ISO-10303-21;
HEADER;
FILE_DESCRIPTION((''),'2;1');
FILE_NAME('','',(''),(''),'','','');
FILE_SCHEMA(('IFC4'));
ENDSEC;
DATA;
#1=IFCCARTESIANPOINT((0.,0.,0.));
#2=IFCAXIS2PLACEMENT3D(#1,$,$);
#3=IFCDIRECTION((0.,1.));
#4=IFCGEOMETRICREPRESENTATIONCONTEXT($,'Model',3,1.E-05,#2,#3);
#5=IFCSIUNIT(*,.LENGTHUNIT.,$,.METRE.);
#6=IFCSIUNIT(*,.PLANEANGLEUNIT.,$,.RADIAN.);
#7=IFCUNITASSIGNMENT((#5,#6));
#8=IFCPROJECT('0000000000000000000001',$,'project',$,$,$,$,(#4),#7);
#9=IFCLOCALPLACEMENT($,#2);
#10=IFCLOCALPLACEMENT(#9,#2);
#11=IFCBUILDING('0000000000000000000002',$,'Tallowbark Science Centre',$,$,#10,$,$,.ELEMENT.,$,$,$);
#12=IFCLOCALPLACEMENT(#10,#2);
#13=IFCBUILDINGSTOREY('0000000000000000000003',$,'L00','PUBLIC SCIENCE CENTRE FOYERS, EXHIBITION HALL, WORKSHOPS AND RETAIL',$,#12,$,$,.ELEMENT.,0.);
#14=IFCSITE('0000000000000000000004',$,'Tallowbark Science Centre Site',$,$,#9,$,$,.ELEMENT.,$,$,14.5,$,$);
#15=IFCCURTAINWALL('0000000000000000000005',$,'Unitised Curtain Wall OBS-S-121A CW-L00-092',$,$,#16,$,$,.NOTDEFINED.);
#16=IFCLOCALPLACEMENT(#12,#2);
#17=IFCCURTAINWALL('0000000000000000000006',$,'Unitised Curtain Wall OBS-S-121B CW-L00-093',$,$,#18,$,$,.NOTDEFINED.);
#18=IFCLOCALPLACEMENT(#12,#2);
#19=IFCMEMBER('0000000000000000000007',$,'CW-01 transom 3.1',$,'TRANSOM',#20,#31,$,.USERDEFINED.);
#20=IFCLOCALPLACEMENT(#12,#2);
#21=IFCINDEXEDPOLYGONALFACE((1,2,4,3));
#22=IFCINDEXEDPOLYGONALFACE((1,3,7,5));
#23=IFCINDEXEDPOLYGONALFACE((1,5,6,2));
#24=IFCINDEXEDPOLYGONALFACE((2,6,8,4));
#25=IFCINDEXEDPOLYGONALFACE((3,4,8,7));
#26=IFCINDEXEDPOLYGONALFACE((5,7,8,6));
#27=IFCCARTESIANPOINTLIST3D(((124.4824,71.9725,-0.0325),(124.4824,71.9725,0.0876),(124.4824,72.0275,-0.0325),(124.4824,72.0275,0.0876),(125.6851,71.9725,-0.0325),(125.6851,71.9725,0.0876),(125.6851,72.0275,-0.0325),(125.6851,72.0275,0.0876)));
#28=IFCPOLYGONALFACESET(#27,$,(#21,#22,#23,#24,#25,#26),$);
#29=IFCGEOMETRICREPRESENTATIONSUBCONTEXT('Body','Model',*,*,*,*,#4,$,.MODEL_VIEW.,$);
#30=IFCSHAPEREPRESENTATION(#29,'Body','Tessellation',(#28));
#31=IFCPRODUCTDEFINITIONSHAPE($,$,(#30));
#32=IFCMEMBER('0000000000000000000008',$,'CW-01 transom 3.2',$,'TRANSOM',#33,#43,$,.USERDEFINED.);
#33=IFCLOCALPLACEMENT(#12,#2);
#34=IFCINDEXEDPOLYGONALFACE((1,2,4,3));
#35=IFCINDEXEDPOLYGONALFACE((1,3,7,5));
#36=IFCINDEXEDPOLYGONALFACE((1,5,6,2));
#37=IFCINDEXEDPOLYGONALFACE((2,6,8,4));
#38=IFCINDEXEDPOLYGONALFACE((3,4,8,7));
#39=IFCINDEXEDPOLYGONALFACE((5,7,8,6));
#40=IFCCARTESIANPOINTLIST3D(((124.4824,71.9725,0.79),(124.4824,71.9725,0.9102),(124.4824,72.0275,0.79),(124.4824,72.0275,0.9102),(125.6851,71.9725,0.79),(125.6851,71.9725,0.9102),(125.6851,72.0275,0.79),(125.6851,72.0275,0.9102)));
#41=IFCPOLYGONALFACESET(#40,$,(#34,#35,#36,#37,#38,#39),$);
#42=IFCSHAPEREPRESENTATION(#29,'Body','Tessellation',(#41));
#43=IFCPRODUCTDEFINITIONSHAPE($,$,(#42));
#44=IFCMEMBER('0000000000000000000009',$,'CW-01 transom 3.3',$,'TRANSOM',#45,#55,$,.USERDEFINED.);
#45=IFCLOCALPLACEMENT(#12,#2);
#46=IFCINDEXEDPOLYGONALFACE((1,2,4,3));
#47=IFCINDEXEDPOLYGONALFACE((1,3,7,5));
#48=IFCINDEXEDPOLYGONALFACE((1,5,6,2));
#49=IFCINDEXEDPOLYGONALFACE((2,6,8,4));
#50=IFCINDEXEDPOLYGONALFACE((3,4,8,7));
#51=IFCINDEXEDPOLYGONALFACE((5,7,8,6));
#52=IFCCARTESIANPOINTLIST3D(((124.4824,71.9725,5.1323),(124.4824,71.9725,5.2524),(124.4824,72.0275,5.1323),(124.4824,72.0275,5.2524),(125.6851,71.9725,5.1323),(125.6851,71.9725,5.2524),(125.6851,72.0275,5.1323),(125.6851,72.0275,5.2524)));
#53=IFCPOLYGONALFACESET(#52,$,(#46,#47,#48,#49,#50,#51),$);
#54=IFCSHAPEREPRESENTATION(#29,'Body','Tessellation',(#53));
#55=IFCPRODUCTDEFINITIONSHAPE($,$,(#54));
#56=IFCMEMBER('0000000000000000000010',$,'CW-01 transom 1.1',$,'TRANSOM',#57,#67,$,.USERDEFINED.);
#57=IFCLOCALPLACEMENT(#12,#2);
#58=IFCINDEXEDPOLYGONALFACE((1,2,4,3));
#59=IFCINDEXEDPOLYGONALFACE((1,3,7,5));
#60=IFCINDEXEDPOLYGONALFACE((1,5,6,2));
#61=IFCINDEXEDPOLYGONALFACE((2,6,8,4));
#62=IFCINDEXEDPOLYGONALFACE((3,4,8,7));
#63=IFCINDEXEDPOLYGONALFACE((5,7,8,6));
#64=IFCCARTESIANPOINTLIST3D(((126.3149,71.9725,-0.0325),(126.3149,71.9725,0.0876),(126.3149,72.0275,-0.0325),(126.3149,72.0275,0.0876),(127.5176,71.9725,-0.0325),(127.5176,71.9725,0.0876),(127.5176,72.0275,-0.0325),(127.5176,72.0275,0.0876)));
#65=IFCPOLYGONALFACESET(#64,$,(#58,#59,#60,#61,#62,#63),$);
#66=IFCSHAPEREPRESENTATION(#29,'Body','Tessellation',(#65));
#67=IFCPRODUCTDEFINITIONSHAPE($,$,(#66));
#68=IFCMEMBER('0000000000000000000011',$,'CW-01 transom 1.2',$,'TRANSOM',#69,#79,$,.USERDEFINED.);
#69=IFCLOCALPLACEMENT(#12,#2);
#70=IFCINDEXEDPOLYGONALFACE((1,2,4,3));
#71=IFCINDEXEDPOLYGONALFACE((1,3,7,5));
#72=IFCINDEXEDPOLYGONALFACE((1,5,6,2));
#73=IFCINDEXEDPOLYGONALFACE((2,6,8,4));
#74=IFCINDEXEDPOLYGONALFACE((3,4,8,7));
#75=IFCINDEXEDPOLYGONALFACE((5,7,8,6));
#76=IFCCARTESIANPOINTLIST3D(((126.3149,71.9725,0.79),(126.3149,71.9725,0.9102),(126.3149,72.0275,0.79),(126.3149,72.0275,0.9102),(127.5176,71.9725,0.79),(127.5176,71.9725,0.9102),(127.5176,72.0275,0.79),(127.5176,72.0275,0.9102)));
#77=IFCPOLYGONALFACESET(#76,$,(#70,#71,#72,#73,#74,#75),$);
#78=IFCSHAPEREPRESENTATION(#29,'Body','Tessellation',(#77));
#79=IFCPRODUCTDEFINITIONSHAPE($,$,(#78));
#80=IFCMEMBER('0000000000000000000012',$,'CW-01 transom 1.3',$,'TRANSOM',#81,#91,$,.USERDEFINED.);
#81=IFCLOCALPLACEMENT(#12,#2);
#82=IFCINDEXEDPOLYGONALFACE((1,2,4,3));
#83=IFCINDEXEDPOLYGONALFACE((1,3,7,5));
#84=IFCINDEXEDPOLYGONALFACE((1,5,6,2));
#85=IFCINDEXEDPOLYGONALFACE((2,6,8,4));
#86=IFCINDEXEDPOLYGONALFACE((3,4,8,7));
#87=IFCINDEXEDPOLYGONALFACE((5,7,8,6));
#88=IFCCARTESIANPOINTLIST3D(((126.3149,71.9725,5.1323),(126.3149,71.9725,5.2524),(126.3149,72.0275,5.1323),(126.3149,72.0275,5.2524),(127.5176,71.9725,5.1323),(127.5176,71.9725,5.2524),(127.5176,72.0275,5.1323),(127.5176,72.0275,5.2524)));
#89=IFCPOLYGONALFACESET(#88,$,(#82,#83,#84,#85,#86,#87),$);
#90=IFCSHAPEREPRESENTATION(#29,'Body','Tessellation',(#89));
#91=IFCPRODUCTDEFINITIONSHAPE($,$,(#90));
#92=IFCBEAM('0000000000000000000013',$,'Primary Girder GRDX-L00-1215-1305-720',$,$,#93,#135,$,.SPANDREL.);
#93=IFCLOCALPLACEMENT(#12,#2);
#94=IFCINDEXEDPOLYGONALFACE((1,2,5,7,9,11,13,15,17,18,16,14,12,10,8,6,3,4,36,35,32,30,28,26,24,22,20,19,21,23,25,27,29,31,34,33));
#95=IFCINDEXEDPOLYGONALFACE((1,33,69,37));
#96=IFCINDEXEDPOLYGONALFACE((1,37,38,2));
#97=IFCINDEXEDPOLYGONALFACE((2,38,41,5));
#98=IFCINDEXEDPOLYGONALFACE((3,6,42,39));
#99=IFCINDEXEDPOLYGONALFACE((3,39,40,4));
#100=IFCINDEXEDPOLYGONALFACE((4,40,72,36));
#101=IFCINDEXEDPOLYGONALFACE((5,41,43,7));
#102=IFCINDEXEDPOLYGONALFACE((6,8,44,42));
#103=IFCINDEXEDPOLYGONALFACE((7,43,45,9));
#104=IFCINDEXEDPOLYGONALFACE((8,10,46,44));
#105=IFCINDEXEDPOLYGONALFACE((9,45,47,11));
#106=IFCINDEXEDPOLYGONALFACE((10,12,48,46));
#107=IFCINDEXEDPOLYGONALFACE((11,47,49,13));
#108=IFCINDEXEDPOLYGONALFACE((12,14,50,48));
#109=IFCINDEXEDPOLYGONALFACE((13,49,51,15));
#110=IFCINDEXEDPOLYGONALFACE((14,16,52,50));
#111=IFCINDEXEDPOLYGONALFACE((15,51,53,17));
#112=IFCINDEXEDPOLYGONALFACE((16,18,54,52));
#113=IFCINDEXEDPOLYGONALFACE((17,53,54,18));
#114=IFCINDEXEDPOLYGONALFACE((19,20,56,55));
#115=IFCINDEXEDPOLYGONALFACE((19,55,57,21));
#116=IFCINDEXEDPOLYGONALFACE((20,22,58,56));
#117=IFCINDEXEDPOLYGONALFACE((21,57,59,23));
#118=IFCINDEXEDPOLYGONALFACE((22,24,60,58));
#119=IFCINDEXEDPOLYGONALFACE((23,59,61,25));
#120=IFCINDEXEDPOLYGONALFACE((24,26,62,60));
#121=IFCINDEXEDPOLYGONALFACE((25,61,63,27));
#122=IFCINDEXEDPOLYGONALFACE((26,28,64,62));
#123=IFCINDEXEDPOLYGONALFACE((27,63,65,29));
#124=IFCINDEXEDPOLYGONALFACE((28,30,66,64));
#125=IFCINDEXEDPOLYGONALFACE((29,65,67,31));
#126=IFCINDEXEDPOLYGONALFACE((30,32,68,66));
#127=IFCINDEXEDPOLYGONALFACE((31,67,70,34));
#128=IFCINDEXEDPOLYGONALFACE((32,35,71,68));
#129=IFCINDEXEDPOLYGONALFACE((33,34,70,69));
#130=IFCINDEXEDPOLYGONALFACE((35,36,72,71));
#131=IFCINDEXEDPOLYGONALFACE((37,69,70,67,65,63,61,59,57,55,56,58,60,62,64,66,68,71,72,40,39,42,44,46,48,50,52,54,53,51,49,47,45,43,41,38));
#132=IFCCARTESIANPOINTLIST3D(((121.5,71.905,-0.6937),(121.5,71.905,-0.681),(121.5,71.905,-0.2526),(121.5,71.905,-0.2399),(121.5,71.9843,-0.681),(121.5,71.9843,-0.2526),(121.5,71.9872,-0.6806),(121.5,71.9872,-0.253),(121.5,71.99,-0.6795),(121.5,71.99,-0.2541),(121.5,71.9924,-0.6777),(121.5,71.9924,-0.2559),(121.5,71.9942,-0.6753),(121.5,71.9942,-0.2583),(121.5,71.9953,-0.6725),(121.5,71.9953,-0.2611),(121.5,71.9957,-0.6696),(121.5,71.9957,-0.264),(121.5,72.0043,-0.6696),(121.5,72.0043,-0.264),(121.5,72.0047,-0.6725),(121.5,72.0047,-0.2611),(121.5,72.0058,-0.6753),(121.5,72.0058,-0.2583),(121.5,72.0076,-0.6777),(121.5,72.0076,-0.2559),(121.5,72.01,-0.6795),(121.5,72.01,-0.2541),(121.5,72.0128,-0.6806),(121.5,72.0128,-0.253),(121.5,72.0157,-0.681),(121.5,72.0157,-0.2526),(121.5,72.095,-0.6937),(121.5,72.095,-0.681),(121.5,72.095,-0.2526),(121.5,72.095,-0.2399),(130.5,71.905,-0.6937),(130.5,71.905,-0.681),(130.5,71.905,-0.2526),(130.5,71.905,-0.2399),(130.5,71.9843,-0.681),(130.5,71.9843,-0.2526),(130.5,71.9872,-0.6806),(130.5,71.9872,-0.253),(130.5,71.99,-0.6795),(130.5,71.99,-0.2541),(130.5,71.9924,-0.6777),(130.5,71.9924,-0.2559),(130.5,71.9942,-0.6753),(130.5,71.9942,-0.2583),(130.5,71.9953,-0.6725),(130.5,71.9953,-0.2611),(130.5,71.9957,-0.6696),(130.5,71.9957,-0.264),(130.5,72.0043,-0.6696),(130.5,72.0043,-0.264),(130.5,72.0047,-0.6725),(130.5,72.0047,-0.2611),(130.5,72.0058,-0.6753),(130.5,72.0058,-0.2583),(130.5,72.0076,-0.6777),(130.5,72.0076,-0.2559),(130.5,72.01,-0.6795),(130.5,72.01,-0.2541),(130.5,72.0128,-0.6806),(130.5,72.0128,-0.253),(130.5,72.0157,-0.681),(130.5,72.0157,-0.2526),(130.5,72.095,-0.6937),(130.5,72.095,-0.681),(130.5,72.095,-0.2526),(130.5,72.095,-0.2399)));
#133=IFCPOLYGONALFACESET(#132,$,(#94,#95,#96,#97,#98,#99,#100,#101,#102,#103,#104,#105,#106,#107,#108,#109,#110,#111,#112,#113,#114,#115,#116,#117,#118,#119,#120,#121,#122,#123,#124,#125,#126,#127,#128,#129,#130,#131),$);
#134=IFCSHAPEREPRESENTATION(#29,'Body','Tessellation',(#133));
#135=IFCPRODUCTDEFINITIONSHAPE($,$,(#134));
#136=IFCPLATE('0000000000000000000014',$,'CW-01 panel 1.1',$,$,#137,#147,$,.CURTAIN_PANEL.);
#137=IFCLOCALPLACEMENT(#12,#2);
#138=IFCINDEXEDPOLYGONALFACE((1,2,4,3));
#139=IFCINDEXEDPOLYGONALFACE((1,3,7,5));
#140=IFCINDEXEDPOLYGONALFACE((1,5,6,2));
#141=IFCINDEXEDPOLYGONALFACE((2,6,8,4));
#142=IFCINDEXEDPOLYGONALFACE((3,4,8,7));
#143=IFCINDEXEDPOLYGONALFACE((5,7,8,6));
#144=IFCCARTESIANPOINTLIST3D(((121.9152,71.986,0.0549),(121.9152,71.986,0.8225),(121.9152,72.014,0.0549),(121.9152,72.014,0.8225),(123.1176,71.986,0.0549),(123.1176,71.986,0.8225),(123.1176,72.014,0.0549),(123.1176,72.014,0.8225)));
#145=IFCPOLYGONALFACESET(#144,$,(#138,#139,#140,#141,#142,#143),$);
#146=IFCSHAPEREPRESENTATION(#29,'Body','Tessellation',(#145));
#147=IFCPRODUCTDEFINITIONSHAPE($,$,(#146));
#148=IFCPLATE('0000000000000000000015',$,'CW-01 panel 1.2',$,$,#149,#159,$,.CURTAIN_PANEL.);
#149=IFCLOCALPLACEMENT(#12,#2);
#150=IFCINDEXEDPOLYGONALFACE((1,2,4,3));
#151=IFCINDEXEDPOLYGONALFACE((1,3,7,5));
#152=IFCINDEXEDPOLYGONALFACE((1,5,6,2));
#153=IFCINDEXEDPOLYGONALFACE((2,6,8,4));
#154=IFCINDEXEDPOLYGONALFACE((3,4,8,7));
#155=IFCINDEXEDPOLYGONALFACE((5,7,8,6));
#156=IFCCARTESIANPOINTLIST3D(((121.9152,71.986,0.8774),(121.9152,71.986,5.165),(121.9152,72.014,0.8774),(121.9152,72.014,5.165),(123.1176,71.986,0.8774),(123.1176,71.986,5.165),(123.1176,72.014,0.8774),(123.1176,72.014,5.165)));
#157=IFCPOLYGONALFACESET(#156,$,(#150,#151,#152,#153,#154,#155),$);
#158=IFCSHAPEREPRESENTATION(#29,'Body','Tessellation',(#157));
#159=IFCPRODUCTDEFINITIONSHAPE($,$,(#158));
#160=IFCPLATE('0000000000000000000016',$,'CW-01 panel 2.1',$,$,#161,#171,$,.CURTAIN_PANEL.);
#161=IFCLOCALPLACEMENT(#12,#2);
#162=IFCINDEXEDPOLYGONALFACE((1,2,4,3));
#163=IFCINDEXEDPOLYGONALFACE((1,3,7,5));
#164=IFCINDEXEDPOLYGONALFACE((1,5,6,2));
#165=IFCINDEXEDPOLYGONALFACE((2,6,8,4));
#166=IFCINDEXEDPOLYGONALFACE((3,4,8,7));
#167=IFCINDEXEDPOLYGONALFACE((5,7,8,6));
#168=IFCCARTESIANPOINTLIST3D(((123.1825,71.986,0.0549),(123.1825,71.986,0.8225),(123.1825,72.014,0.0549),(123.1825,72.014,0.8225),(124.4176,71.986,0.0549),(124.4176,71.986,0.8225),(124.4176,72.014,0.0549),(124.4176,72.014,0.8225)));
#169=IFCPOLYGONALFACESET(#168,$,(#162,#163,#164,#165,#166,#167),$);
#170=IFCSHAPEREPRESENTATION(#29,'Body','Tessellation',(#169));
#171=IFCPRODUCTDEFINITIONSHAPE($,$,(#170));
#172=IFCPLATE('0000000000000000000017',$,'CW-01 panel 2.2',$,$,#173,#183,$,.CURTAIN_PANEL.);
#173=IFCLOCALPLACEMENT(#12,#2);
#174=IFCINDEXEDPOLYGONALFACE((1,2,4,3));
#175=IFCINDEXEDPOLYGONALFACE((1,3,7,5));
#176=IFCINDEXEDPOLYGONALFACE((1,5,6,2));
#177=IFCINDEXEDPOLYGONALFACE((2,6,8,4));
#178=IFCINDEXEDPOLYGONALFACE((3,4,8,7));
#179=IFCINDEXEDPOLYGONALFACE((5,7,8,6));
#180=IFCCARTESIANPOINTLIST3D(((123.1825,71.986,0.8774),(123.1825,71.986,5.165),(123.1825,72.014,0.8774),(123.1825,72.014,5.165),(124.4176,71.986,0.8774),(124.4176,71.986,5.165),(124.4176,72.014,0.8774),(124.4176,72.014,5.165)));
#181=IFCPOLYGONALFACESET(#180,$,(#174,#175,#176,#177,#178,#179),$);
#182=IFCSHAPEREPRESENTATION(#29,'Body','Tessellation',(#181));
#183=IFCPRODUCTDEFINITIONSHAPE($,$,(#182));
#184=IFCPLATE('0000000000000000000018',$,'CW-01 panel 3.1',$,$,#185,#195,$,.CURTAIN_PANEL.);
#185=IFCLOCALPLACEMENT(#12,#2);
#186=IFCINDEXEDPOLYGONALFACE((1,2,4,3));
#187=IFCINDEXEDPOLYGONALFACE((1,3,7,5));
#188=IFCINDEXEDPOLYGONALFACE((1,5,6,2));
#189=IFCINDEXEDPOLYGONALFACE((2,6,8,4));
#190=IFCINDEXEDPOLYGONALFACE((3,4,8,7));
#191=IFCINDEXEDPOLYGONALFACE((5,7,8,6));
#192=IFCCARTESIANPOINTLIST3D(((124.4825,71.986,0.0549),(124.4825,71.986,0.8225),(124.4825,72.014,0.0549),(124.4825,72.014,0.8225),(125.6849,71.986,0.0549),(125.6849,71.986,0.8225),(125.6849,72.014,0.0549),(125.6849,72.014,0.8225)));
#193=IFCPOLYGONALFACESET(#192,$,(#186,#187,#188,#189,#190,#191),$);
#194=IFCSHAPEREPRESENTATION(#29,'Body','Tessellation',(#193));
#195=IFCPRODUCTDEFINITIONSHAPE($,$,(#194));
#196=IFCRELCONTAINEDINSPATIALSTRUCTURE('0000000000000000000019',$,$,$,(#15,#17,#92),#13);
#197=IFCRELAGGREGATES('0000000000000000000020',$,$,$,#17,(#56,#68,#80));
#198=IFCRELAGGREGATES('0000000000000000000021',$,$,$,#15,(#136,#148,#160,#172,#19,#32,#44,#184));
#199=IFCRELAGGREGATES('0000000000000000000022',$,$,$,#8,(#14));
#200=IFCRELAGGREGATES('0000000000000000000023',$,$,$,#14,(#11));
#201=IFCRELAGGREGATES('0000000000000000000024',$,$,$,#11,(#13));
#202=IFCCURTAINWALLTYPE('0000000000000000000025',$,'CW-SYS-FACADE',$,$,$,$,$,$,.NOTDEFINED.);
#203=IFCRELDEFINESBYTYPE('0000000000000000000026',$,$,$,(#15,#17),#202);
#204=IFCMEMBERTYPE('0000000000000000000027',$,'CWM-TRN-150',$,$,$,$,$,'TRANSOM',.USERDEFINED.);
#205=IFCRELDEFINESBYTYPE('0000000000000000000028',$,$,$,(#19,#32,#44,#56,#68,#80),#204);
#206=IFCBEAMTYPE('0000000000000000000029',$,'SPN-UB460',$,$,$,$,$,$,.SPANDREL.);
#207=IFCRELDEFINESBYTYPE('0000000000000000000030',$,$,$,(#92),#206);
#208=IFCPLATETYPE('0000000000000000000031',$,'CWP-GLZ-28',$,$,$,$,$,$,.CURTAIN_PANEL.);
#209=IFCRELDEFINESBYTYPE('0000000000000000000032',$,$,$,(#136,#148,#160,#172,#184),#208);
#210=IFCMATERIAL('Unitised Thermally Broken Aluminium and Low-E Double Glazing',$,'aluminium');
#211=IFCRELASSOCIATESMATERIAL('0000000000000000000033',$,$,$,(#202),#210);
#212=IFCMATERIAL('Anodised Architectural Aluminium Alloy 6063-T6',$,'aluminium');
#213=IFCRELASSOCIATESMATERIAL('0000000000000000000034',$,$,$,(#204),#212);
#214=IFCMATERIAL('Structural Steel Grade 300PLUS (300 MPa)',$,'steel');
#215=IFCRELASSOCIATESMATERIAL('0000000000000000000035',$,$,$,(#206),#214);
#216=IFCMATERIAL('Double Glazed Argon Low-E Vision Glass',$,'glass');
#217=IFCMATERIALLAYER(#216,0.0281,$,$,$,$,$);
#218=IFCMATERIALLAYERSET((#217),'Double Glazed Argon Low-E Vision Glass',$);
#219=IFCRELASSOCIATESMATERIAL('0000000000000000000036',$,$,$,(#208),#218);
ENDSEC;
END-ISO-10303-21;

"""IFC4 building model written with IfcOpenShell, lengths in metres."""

from ifc_helpers import new_model, si_unit, direction, frame, origin, origin_2d, place, context, subcontext, project, spatial, rectangle, i_section, extrude, material, layer, layer_set, material_profile, profile_set, type_object, element, aggregate, save


model = new_model("IFC4")

# Units and contexts
model_context = context("Model", 3, precision=1e-05, world=origin(), true_north=direction((0.0, 1.0)))
body_context = subcontext(model_context, "Body", "Model", "MODEL_VIEW")
ifc_project = project(units=[si_unit("LENGTHUNIT", "METRE"), si_unit("PLANEANGLEUNIT", "RADIAN")], contexts=[model_context])

# Site, building, storey
site_placement = place(None, origin())
site = spatial("IfcSite", under=ifc_project, at=site_placement, Name="Tallowbark Science Centre Site", CompositionType="ELEMENT", RefElevation=14.5)
building_placement = place(site_placement, origin())
building = spatial("IfcBuilding", under=site, at=building_placement, Name="Tallowbark Science Centre", CompositionType="ELEMENT")
storey_placement = place(building_placement, origin())
storey = spatial("IfcBuildingStorey", under=building, at=storey_placement, Name="L00", Description="PUBLIC SCIENCE CENTRE FOYERS, EXHIBITION HALL, WORKSHOPS AND RETAIL", CompositionType="ELEMENT", Elevation=0.0)

# Shared definitions
ifc_material_1 = material(Name="Structural Steel Grade 300PLUS (300 MPa)", Category="steel")

# Curtain wall
ifc_material_2 = material(Name="Unitised Thermally Broken Aluminium and Low-E Double Glazing", Category="aluminium")
curtain_wall_type = type_object("IfcCurtainWallType", Name="CW-SYS-FACADE", PredefinedType="NOTDEFINED", material=ifc_material_2)
curtain_wall_1_placement = place(storey_placement, origin())
curtain_wall_1 = element("IfcCurtainWall", 1, at=curtain_wall_1_placement, inside=storey, type_object=curtain_wall_type, Name="Unitised Curtain Wall OBS-S-121A CW-L00-092", PredefinedType="NOTDEFINED")
ifc_material_3 = material(Name="Anodised Architectural Aluminium Alloy 6063-T6", Category="aluminium")

# Curtain wall
curtain_wall_2_placement = place(storey_placement, origin())
curtain_wall_2 = element("IfcCurtainWall", 2, at=curtain_wall_2_placement, inside=storey, type_object=curtain_wall_type, Name="Unitised Curtain Wall OBS-S-121B CW-L00-093", PredefinedType="NOTDEFINED")

# Members
ifc_material_profile_1 = material_profile(ifc_material_3, rectangle(XDim=0.0549, YDim=0.1201, at=origin_2d()), Name="ALU55x120")
ifc_profile_set_1 = profile_set([ifc_material_profile_1], Name="Anodised Architectural Aluminium Alloy 6063-T6")
member_type_1 = type_object("IfcMemberType", Name="CWM-TRN-150", ElementType="TRANSOM", PredefinedType="USERDEFINED", material=ifc_profile_set_1)
member_1_placement = place(storey_placement, frame((124.4824, 72.0, 0.0276), z_axis=(1.0, 0.0, 0.0), x_axis=(0.0, 1.0, 0.0)))
member_1 = element("IfcMember", 3, at=member_1_placement, type_object=member_type_1, Name="CW-01 transom 3.1", ObjectType="TRANSOM", PredefinedType="USERDEFINED", context=body_context, shape_type="SweptSolid", body=[
    extrude(rectangle(XDim=0.0549, YDim=0.1201, at=origin_2d()), origin(), (0.0, 0.0, 1.0), 1.2026),
])
member_2_placement = place(storey_placement, frame((124.4824, 72.0, 0.8501), z_axis=(1.0, 0.0, 0.0), x_axis=(0.0, 1.0, 0.0)))
member_2 = element("IfcMember", 4, at=member_2_placement, type_object=member_type_1, Name="CW-01 transom 3.2", ObjectType="TRANSOM", PredefinedType="USERDEFINED", context=body_context, shape_type="SweptSolid", body=[
    extrude(rectangle(XDim=0.0549, YDim=0.1201, at=origin_2d()), origin(), (0.0, 0.0, 1.0), 1.2026),
])
member_3_placement = place(storey_placement, frame((124.4824, 72.0, 5.1924), z_axis=(1.0, 0.0, 0.0), x_axis=(0.0, 1.0, 0.0)))
member_3 = element("IfcMember", 5, at=member_3_placement, type_object=member_type_1, Name="CW-01 transom 3.3", ObjectType="TRANSOM", PredefinedType="USERDEFINED", context=body_context, shape_type="SweptSolid", body=[
    extrude(rectangle(XDim=0.0549, YDim=0.1201, at=origin_2d()), origin(), (0.0, 0.0, 1.0), 1.2026),
])
member_4_placement = place(storey_placement, frame((126.3149, 72.0, 0.0276), z_axis=(1.0, 0.0, 0.0), x_axis=(0.0, 1.0, 0.0)))
member_4 = element("IfcMember", 6, at=member_4_placement, type_object=member_type_1, Name="CW-01 transom 1.1", ObjectType="TRANSOM", PredefinedType="USERDEFINED", context=body_context, shape_type="SweptSolid", body=[
    extrude(rectangle(XDim=0.0549, YDim=0.1201, at=origin_2d()), origin(), (0.0, 0.0, 1.0), 1.2026),
])
member_5_placement = place(storey_placement, frame((126.3149, 72.0, 0.8501), z_axis=(1.0, 0.0, 0.0), x_axis=(0.0, 1.0, 0.0)))
member_5 = element("IfcMember", 7, at=member_5_placement, type_object=member_type_1, Name="CW-01 transom 1.2", ObjectType="TRANSOM", PredefinedType="USERDEFINED", context=body_context, shape_type="SweptSolid", body=[
    extrude(rectangle(XDim=0.0549, YDim=0.1201, at=origin_2d()), origin(), (0.0, 0.0, 1.0), 1.2026),
])
member_6_placement = place(storey_placement, frame((126.3149, 72.0, 5.1924), z_axis=(1.0, 0.0, 0.0), x_axis=(0.0, 1.0, 0.0)))
member_6 = element("IfcMember", 8, at=member_6_placement, type_object=member_type_1, Name="CW-01 transom 1.3", ObjectType="TRANSOM", PredefinedType="USERDEFINED", context=body_context, shape_type="SweptSolid", body=[
    extrude(rectangle(XDim=0.0549, YDim=0.1201, at=origin_2d()), origin(), (0.0, 0.0, 1.0), 1.2026),
])
aggregate(curtain_wall_2, [member_4, member_5, member_6])

# Beam
ifc_material_profile_2 = material_profile(ifc_material_1, i_section(OverallWidth=0.1899, OverallDepth=0.4539, WebThickness=0.0085, FlangeThickness=0.0127, FilletRadius=0.0115, at=origin_2d()), Name="460UB67.1")
ifc_profile_set_2 = profile_set([ifc_material_profile_2], Name="Structural Steel Grade 300PLUS (300 MPa)")
beam_type = type_object("IfcBeamType", Name="SPN-UB460", PredefinedType="SPANDREL", material=ifc_profile_set_2)
beam_placement = place(storey_placement, frame((121.5, 72.0, -0.4668), z_axis=(1.0, 0.0, 0.0), x_axis=(0.0, 1.0, 0.0)))
element("IfcBeam", 9, at=beam_placement, inside=storey, type_object=beam_type, Name="Primary Girder GRDX-L00-1215-1305-720", PredefinedType="SPANDREL", context=body_context, shape_type="SweptSolid", body=[
    extrude(i_section(OverallWidth=0.1899, OverallDepth=0.4539, WebThickness=0.0085, FlangeThickness=0.0127, FilletRadius=0.0115, at=origin_2d()), origin(), (0.0, 0.0, 1.0), 9.0),
])

# Plates
ifc_material_4 = material(Name="Double Glazed Argon Low-E Vision Glass", Category="glass")
ifc_layer_1 = layer(ifc_material_4, 0.0281)
ifc_layer_set_1 = layer_set([ifc_layer_1], Name="Double Glazed Argon Low-E Vision Glass")
plate_type = type_object("IfcPlateType", Name="CWP-GLZ-28", PredefinedType="CURTAIN_PANEL", material=ifc_layer_set_1)
plate_1_placement = place(storey_placement, frame((122.5164, 72.0, 0.0549), z_axis=(0.0, 0.0, 1.0), x_axis=(1.0, 0.0, 0.0)))
plate_1 = element("IfcPlate", 10, at=plate_1_placement, type_object=plate_type, Name="CW-01 panel 1.1", PredefinedType="CURTAIN_PANEL", context=body_context, shape_type="SweptSolid", body=[
    extrude(rectangle(XDim=1.2024, YDim=0.0281, at=origin_2d()), origin(), (0.0, 0.0, 1.0), 0.7676),
])
plate_2_placement = place(storey_placement, frame((122.5164, 72.0, 0.8774), z_axis=(0.0, 0.0, 1.0), x_axis=(1.0, 0.0, 0.0)))
plate_2 = element("IfcPlate", 11, at=plate_2_placement, type_object=plate_type, Name="CW-01 panel 1.2", PredefinedType="CURTAIN_PANEL", context=body_context, shape_type="SweptSolid", body=[
    extrude(rectangle(XDim=1.2024, YDim=0.0281, at=origin_2d()), origin(), (0.0, 0.0, 1.0), 4.2876),
])
plate_3_placement = place(storey_placement, frame((123.8, 72.0, 0.0549), z_axis=(0.0, 0.0, 1.0), x_axis=(1.0, 0.0, 0.0)))
plate_3 = element("IfcPlate", 12, at=plate_3_placement, type_object=plate_type, Name="CW-01 panel 2.1", PredefinedType="CURTAIN_PANEL", context=body_context, shape_type="SweptSolid", body=[
    extrude(rectangle(XDim=1.2351, YDim=0.0281, at=origin_2d()), origin(), (0.0, 0.0, 1.0), 0.7676),
])
plate_4_placement = place(storey_placement, frame((123.8, 72.0, 0.8774), z_axis=(0.0, 0.0, 1.0), x_axis=(1.0, 0.0, 0.0)))
plate_4 = element("IfcPlate", 13, at=plate_4_placement, type_object=plate_type, Name="CW-01 panel 2.2", PredefinedType="CURTAIN_PANEL", context=body_context, shape_type="SweptSolid", body=[
    extrude(rectangle(XDim=1.2351, YDim=0.0281, at=origin_2d()), origin(), (0.0, 0.0, 1.0), 4.2876),
])
plate_5_placement = place(storey_placement, frame((125.0837, 72.0, 0.0549), z_axis=(0.0, 0.0, 1.0), x_axis=(1.0, 0.0, 0.0)))
plate_5 = element("IfcPlate", 14, at=plate_5_placement, type_object=plate_type, Name="CW-01 panel 3.1", PredefinedType="CURTAIN_PANEL", context=body_context, shape_type="SweptSolid", body=[
    extrude(rectangle(XDim=1.2024, YDim=0.0281, at=origin_2d()), origin(), (0.0, 0.0, 1.0), 0.7676),
])
aggregate(curtain_wall_1, [plate_1, plate_2, plate_3, plate_4, member_1, member_2, member_3, plate_5])

save(model, "model.ifc")
